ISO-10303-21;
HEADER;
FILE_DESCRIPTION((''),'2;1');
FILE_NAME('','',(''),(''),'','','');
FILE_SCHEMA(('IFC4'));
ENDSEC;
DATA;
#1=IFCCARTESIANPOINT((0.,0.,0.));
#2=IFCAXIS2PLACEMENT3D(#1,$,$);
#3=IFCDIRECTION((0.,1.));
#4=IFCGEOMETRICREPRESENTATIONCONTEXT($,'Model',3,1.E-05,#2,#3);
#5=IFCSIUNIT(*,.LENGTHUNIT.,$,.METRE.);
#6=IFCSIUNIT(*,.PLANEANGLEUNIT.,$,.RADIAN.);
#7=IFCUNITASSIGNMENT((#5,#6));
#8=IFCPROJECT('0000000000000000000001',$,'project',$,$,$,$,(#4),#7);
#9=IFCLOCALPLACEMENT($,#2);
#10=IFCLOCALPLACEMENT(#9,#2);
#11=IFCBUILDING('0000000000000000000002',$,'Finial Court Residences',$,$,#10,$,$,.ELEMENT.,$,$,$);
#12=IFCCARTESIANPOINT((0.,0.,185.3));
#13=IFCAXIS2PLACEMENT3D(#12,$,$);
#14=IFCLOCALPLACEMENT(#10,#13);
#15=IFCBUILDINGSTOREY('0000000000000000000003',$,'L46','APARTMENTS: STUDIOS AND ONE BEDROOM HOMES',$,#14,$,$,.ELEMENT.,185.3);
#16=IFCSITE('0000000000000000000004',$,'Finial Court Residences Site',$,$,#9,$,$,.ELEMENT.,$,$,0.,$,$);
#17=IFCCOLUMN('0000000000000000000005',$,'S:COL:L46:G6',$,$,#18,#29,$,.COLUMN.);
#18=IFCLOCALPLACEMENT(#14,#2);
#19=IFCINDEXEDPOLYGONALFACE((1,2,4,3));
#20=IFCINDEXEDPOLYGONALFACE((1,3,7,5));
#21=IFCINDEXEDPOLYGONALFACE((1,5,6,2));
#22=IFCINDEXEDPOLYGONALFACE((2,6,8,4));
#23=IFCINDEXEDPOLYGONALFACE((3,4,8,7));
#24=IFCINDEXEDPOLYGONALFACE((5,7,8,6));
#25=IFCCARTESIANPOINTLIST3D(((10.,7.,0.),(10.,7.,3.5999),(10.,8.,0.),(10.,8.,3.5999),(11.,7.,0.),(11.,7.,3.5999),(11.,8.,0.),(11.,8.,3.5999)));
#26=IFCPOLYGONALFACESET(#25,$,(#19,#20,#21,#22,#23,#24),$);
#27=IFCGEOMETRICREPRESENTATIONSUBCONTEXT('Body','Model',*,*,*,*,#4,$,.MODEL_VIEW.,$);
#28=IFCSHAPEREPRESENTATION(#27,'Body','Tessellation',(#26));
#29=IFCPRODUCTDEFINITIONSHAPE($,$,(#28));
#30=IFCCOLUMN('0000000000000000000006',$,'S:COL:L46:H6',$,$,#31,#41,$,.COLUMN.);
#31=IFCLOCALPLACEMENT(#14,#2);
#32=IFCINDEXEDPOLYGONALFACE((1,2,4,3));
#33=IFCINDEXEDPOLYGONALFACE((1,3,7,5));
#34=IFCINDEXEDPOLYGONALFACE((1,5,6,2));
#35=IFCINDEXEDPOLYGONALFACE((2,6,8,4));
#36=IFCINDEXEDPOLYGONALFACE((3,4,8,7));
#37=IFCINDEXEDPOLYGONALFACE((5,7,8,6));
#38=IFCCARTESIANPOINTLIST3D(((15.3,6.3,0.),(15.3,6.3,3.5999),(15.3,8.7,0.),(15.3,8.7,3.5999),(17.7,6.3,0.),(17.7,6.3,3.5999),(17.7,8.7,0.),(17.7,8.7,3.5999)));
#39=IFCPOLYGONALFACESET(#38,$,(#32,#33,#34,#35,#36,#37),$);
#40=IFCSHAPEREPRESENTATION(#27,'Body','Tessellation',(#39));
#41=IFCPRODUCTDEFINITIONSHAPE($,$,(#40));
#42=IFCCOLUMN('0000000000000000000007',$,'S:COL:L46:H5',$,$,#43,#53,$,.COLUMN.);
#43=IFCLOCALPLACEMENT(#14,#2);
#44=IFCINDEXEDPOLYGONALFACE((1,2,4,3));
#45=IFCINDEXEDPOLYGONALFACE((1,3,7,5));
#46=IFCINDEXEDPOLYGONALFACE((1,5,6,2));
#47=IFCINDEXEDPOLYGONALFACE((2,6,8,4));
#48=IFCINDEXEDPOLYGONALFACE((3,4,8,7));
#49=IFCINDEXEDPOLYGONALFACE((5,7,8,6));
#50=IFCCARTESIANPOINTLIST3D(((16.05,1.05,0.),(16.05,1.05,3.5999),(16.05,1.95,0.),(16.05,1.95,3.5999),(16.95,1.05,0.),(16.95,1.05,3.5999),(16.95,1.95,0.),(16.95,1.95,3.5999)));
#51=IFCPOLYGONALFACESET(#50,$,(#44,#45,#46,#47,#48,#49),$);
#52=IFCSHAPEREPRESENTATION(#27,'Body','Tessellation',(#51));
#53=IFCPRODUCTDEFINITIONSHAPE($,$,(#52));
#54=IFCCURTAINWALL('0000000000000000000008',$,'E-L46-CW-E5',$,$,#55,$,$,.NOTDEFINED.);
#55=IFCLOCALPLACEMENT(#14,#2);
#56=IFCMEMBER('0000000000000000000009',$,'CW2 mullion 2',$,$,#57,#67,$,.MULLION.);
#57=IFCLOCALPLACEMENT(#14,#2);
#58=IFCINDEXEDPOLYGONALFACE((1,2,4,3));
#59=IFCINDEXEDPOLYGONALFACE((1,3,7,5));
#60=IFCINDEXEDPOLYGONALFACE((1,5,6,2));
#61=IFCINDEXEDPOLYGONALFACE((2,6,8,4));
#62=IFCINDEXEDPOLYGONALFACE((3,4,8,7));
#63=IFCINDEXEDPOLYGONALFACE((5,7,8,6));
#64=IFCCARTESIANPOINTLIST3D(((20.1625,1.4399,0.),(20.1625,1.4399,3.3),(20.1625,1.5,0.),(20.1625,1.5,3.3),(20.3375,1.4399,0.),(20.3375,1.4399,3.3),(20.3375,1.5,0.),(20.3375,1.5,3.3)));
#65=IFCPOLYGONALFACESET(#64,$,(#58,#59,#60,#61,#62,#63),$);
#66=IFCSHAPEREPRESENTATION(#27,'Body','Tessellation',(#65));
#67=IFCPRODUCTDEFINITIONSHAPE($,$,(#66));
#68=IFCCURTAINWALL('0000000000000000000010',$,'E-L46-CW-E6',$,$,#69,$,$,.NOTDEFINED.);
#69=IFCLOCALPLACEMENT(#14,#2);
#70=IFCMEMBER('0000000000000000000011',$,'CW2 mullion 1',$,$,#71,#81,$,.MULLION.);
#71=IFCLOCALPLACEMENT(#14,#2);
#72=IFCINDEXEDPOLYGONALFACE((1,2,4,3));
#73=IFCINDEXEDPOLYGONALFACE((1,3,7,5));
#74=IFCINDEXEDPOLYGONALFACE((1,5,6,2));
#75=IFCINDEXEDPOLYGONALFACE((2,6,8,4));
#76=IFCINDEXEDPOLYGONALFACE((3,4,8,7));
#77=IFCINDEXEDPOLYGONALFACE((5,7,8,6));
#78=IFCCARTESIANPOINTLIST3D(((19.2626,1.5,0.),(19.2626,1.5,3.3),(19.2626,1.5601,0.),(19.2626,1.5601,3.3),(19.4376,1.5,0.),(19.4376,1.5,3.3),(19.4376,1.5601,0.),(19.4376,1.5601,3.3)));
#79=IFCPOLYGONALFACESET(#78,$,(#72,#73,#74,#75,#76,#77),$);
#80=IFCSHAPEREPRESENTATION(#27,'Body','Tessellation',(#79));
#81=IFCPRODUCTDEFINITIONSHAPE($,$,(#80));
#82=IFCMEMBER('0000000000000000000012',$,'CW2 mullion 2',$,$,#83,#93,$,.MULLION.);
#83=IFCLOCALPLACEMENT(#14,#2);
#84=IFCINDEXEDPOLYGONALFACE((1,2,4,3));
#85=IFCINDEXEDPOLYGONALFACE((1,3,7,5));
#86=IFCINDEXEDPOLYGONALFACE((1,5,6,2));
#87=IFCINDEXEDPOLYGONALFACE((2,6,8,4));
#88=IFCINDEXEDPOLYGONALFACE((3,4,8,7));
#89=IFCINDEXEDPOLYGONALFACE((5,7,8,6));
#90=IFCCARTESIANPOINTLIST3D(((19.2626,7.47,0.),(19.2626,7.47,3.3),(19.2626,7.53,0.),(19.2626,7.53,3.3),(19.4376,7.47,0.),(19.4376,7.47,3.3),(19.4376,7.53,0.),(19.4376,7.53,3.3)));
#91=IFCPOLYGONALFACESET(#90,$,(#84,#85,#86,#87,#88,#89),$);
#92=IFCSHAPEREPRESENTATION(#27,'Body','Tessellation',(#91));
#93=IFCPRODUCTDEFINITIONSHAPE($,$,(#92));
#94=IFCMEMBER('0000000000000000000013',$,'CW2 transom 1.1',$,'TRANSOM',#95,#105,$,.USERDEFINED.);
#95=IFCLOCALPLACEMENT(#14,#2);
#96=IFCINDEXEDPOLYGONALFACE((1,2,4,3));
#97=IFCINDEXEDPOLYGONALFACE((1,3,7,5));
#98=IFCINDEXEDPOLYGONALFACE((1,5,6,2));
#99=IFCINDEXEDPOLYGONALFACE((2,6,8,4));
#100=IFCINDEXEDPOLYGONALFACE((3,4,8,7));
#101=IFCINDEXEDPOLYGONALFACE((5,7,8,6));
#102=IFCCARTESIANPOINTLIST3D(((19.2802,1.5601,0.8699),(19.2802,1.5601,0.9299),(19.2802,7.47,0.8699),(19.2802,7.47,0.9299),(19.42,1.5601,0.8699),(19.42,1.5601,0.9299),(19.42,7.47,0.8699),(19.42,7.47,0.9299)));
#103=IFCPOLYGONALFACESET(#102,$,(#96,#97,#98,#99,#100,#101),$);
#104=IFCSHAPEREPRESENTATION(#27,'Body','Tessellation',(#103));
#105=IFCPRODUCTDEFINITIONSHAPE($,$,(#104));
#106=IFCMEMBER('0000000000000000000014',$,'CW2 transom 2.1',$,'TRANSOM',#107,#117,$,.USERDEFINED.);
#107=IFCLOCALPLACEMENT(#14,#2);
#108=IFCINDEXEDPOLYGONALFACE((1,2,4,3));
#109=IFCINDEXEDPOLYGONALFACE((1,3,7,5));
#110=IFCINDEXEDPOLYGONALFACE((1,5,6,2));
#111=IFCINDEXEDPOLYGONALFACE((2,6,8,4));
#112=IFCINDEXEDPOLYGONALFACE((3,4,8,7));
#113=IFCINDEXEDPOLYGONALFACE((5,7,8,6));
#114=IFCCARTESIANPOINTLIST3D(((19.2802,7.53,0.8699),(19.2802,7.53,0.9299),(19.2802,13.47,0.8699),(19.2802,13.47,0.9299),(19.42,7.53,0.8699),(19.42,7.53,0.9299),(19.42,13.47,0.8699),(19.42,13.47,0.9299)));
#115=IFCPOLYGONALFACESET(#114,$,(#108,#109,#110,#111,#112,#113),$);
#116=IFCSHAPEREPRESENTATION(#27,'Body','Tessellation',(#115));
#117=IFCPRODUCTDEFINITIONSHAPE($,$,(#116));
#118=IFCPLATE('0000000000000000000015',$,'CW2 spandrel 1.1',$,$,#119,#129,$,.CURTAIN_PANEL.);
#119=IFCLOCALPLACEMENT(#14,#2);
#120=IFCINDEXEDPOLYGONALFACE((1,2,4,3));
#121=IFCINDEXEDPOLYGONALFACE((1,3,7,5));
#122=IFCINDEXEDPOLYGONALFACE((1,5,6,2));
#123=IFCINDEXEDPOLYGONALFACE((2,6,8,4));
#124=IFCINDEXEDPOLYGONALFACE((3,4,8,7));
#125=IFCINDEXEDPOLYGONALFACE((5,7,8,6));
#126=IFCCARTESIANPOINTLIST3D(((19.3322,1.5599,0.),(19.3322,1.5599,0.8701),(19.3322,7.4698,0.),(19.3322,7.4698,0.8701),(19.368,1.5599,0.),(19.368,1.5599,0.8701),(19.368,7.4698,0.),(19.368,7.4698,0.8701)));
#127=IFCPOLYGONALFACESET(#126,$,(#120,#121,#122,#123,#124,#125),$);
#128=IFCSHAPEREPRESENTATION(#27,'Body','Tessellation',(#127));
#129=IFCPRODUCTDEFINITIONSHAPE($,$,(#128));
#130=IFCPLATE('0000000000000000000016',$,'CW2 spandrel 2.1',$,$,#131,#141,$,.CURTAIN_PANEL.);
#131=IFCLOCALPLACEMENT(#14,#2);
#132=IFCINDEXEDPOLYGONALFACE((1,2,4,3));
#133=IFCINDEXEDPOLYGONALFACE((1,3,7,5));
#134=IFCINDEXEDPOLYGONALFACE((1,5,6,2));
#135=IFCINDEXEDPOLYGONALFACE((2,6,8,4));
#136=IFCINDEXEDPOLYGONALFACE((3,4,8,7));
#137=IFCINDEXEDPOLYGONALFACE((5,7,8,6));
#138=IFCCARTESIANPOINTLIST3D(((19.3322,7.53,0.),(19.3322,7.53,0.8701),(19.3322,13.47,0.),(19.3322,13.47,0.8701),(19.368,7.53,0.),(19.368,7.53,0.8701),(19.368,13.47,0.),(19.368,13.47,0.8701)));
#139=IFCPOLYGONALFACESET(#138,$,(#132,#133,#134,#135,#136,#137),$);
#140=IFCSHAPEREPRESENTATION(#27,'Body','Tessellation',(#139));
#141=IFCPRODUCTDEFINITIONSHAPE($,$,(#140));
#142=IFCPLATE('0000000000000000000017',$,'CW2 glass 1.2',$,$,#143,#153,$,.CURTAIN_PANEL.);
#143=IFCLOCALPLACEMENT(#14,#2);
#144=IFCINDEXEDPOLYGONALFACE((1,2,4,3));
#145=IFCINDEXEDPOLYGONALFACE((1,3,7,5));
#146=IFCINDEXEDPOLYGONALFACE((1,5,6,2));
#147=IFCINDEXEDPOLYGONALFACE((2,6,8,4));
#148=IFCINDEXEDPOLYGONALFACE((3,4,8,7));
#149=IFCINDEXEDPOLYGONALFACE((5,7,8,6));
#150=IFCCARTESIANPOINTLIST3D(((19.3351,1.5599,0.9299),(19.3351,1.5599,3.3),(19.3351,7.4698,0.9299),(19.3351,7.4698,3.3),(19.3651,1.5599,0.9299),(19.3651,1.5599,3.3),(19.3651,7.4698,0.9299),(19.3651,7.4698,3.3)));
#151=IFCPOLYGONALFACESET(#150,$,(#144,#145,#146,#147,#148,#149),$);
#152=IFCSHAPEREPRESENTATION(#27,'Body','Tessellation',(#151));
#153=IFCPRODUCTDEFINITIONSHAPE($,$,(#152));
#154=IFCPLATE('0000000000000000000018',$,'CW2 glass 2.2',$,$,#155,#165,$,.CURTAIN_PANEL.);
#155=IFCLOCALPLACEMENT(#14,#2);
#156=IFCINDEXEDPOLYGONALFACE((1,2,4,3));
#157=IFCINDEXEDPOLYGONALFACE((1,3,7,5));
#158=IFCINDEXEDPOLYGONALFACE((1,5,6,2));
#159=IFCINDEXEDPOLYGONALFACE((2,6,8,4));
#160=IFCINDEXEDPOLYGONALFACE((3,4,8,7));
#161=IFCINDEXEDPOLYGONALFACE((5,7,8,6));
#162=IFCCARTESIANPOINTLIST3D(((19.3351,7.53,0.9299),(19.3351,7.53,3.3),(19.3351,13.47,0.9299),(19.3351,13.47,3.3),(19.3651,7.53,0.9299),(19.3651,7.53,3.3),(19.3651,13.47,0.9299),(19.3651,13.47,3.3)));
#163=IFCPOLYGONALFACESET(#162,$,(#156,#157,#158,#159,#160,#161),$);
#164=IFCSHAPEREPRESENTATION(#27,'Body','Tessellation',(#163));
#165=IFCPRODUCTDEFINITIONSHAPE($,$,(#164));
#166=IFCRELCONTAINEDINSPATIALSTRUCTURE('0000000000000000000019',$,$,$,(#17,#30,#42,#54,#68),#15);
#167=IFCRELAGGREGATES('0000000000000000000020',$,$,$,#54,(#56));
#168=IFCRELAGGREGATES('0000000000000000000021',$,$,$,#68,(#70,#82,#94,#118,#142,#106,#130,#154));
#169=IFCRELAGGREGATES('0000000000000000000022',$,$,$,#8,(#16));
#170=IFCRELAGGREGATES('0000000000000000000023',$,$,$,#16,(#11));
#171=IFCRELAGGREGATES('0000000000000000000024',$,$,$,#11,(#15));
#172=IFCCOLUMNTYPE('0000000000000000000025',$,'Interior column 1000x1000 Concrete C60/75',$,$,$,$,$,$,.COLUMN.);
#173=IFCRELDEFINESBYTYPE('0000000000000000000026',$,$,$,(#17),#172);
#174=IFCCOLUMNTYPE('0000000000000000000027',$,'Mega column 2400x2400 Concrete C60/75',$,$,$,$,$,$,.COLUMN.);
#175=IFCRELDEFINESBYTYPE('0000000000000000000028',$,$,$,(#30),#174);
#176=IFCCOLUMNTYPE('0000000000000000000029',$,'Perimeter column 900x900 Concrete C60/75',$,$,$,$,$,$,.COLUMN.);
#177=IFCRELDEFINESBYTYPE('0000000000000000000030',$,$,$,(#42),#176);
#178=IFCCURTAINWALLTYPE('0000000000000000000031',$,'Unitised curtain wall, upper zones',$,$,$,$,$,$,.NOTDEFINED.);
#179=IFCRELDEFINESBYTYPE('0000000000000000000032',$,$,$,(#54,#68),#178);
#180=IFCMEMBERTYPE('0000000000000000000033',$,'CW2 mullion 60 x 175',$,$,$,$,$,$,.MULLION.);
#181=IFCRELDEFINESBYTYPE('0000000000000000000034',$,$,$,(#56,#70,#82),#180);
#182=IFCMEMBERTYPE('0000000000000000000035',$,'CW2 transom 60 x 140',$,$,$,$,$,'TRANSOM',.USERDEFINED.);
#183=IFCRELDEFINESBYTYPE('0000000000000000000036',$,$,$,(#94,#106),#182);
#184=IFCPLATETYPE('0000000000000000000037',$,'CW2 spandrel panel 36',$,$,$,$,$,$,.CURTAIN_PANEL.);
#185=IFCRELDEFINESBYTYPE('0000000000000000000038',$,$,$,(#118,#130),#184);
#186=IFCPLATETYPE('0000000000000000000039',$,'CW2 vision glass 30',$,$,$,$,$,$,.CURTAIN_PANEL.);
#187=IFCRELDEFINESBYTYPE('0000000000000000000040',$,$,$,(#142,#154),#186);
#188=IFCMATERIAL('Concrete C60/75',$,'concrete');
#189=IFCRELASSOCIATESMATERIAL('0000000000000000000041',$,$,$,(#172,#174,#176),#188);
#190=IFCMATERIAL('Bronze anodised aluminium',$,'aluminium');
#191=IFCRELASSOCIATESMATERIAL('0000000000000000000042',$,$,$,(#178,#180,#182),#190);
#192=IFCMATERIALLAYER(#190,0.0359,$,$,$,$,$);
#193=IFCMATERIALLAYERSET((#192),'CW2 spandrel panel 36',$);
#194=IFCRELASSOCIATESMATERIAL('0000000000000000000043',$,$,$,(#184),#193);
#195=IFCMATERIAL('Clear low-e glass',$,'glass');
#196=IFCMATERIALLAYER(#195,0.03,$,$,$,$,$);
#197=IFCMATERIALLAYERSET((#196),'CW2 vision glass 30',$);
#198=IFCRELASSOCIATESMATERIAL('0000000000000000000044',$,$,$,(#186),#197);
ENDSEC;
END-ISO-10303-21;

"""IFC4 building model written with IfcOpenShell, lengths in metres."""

from ifc_helpers import new_model, si_unit, direction, frame, origin, origin_2d, place, context, subcontext, project, spatial, rectangle, extrude, material, layer, layer_set, material_profile, profile_set, type_object, element, aggregate, save


model = new_model("IFC4")

# Units and contexts
model_context = context("Model", 3, precision=1e-05, world=origin(), true_north=direction((0.0, 1.0)))
body_context = subcontext(model_context, "Body", "Model", "MODEL_VIEW")
ifc_project = project(units=[si_unit("LENGTHUNIT", "METRE"), si_unit("PLANEANGLEUNIT", "RADIAN")], contexts=[model_context])

# Site, building, storey
site_placement = place(None, origin())
site = spatial("IfcSite", under=ifc_project, at=site_placement, Name="Finial Court Residences Site", CompositionType="ELEMENT", RefElevation=0.0)
building_placement = place(site_placement, origin())
building = spatial("IfcBuilding", under=site, at=building_placement, Name="Finial Court Residences", CompositionType="ELEMENT")
storey_placement = place(building_placement, frame((0.0, 0.0, 185.3)))
storey = spatial("IfcBuildingStorey", under=building, at=storey_placement, Name="L46", Description="APARTMENTS: STUDIOS AND ONE BEDROOM HOMES", CompositionType="ELEMENT", Elevation=185.3)

# Columns
ifc_material_1 = material(Name="Concrete C60/75", Category="concrete")
ifc_material_profile_1 = material_profile(ifc_material_1, rectangle(XDim=1.0, YDim=1.0, at=origin_2d()), Name="1000x1000")
ifc_profile_set_1 = profile_set([ifc_material_profile_1], Name="Concrete C60/75")
column_type_1 = type_object("IfcColumnType", Name="Interior column 1000x1000 Concrete C60/75", PredefinedType="COLUMN", material=ifc_profile_set_1)
column_1_placement = place(storey_placement, frame((10.5, 7.5, 0.0), z_axis=(0.0, 0.0, 1.0), x_axis=(1.0, 0.0, 0.0)))
element("IfcColumn", 1, at=column_1_placement, inside=storey, type_object=column_type_1, Name="S:COL:L46:G6", PredefinedType="COLUMN", context=body_context, shape_type="SweptSolid", body=[
    extrude(rectangle(XDim=1.0, YDim=1.0, at=origin_2d()), origin(), (0.0, 0.0, 1.0), 3.5999),
])
ifc_material_profile_2 = material_profile(ifc_material_1, rectangle(XDim=2.3999, YDim=2.3999, at=origin_2d()), Name="2400x2400")
ifc_profile_set_2 = profile_set([ifc_material_profile_2], Name="Concrete C60/75")
column_type_2 = type_object("IfcColumnType", Name="Mega column 2400x2400 Concrete C60/75", PredefinedType="COLUMN", material=ifc_profile_set_2)
column_2_placement = place(storey_placement, frame((16.5, 7.5, 0.0), z_axis=(0.0, 0.0, 1.0), x_axis=(1.0, 0.0, 0.0)))
element("IfcColumn", 2, at=column_2_placement, inside=storey, type_object=column_type_2, Name="S:COL:L46:H6", PredefinedType="COLUMN", context=body_context, shape_type="SweptSolid", body=[
    extrude(rectangle(XDim=2.3999, YDim=2.3999, at=origin_2d()), origin(), (0.0, 0.0, 1.0), 3.5999),
])
ifc_material_profile_3 = material_profile(ifc_material_1, rectangle(XDim=0.8999, YDim=0.8999, at=origin_2d()), Name="900x900")
ifc_profile_set_3 = profile_set([ifc_material_profile_3], Name="Concrete C60/75")
column_type_3 = type_object("IfcColumnType", Name="Perimeter column 900x900 Concrete C60/75", PredefinedType="COLUMN", material=ifc_profile_set_3)
column_3_placement = place(storey_placement, frame((16.5, 1.5, 0.0), z_axis=(0.0, 0.0, 1.0), x_axis=(1.0, 0.0, 0.0)))
element("IfcColumn", 3, at=column_3_placement, inside=storey, type_object=column_type_3, Name="S:COL:L46:H5", PredefinedType="COLUMN", context=body_context, shape_type="SweptSolid", body=[
    extrude(rectangle(XDim=0.8999, YDim=0.8999, at=origin_2d()), origin(), (0.0, 0.0, 1.0), 3.5999),
])

# Curtain wall, member
ifc_material_2 = material(Name="Bronze anodised aluminium", Category="aluminium")
curtain_wall_type = type_object("IfcCurtainWallType", Name="Unitised curtain wall, upper zones", PredefinedType="NOTDEFINED", material=ifc_material_2)
curtain_wall_1_placement = place(storey_placement, origin())
curtain_wall_1 = element("IfcCurtainWall", 4, at=curtain_wall_1_placement, inside=storey, type_object=curtain_wall_type, Name="E-L46-CW-E5", PredefinedType="NOTDEFINED")
ifc_material_profile_4 = material_profile(ifc_material_2, rectangle(XDim=0.175, YDim=0.0601, at=origin_2d()), Name="CW2 mullion 60 x 175")
ifc_profile_set_4 = profile_set([ifc_material_profile_4], Name="Bronze anodised aluminium")
member_type_1 = type_object("IfcMemberType", Name="CW2 mullion 60 x 175", PredefinedType="MULLION", material=ifc_profile_set_4)
member_1_placement = place(storey_placement, frame((20.25, 1.47, 0.0), z_axis=(0.0, 0.0, 1.0), x_axis=(-1.0, 0.0, 0.0)))
member_1 = element("IfcMember", 5, at=member_1_placement, type_object=member_type_1, Name="CW2 mullion 2", PredefinedType="MULLION", context=body_context, shape_type="SweptSolid", body=[
    extrude(rectangle(XDim=0.175, YDim=0.0601, at=origin_2d()), origin(), (0.0, 0.0, 1.0), 3.3),
])
aggregate(curtain_wall_1, [member_1])

# Curtain wall, members, plates
curtain_wall_2_placement = place(storey_placement, origin())
curtain_wall_2 = element("IfcCurtainWall", 6, at=curtain_wall_2_placement, inside=storey, type_object=curtain_wall_type, Name="E-L46-CW-E6", PredefinedType="NOTDEFINED")
member_2_placement = place(storey_placement, frame((19.3501, 1.53, 0.0), z_axis=(0.0, 0.0, 1.0), x_axis=(-1.0, 0.0, 0.0)))
member_2 = element("IfcMember", 7, at=member_2_placement, type_object=member_type_1, Name="CW2 mullion 1", PredefinedType="MULLION", context=body_context, shape_type="SweptSolid", body=[
    extrude(rectangle(XDim=0.175, YDim=0.0601, at=origin_2d()), origin(), (0.0, 0.0, 1.0), 3.3),
])
member_3_placement = place(storey_placement, frame((19.3501, 7.5, 0.0), z_axis=(0.0, 0.0, 1.0), x_axis=(-1.0, 0.0, 0.0)))
member_3 = element("IfcMember", 8, at=member_3_placement, type_object=member_type_1, Name="CW2 mullion 2", PredefinedType="MULLION", context=body_context, shape_type="SweptSolid", body=[
    extrude(rectangle(XDim=0.175, YDim=0.0601, at=origin_2d()), origin(), (0.0, 0.0, 1.0), 3.3),
])
ifc_material_profile_5 = material_profile(ifc_material_2, rectangle(XDim=0.1399, YDim=0.0601, at=origin_2d()), Name="CW2 transom 60 x 140")
ifc_profile_set_5 = profile_set([ifc_material_profile_5], Name="Bronze anodised aluminium")
member_type_2 = type_object("IfcMemberType", Name="CW2 transom 60 x 140", ElementType="TRANSOM", PredefinedType="USERDEFINED", material=ifc_profile_set_5)
member_4_placement = place(storey_placement, frame((19.3501, 1.5601, 0.8999), z_axis=(0.0, 1.0, 0.0), x_axis=(-1.0, 0.0, 0.0)))
member_4 = element("IfcMember", 9, at=member_4_placement, type_object=member_type_2, Name="CW2 transom 1.1", ObjectType="TRANSOM", PredefinedType="USERDEFINED", context=body_context, shape_type="SweptSolid", body=[
    extrude(rectangle(XDim=0.1399, YDim=0.0601, at=origin_2d()), origin(), (0.0, 0.0, 1.0), 5.9099),
])
member_5_placement = place(storey_placement, frame((19.3501, 7.53, 0.8999), z_axis=(0.0, 1.0, 0.0), x_axis=(-1.0, 0.0, 0.0)))
member_5 = element("IfcMember", 10, at=member_5_placement, type_object=member_type_2, Name="CW2 transom 2.1", ObjectType="TRANSOM", PredefinedType="USERDEFINED", context=body_context, shape_type="SweptSolid", body=[
    extrude(rectangle(XDim=0.1399, YDim=0.0601, at=origin_2d()), origin(), (0.0, 0.0, 1.0), 5.9399),
])
ifc_layer_1 = layer(ifc_material_2, 0.0359)
ifc_layer_set_1 = layer_set([ifc_layer_1], Name="CW2 spandrel panel 36")
plate_type_1 = type_object("IfcPlateType", Name="CW2 spandrel panel 36", PredefinedType="CURTAIN_PANEL", material=ifc_layer_set_1)
plate_1_placement = place(storey_placement, frame((19.3501, 4.5149, 0.0), z_axis=(0.0, 0.0, 1.0), x_axis=(0.0, 1.0, 0.0)))
plate_1 = element("IfcPlate", 11, at=plate_1_placement, type_object=plate_type_1, Name="CW2 spandrel 1.1", PredefinedType="CURTAIN_PANEL", context=body_context, shape_type="SweptSolid", body=[
    extrude(rectangle(XDim=5.9099, YDim=0.0359, at=origin_2d()), origin(), (0.0, 0.0, 1.0), 0.8701),
])
plate_2_placement = place(storey_placement, frame((19.3501, 10.5, 0.0), z_axis=(0.0, 0.0, 1.0), x_axis=(0.0, 1.0, 0.0)))
plate_2 = element("IfcPlate", 12, at=plate_2_placement, type_object=plate_type_1, Name="CW2 spandrel 2.1", PredefinedType="CURTAIN_PANEL", context=body_context, shape_type="SweptSolid", body=[
    extrude(rectangle(XDim=5.9399, YDim=0.0359, at=origin_2d()), origin(), (0.0, 0.0, 1.0), 0.8701),
])
ifc_material_3 = material(Name="Clear low-e glass", Category="glass")
ifc_layer_2 = layer(ifc_material_3, 0.03)
ifc_layer_set_2 = layer_set([ifc_layer_2], Name="CW2 vision glass 30")
plate_type_2 = type_object("IfcPlateType", Name="CW2 vision glass 30", PredefinedType="CURTAIN_PANEL", material=ifc_layer_set_2)
plate_3_placement = place(storey_placement, frame((19.3501, 4.5149, 0.9299), z_axis=(0.0, 0.0, 1.0), x_axis=(0.0, 1.0, 0.0)))
plate_3 = element("IfcPlate", 13, at=plate_3_placement, type_object=plate_type_2, Name="CW2 glass 1.2", PredefinedType="CURTAIN_PANEL", context=body_context, shape_type="SweptSolid", body=[
    extrude(rectangle(XDim=5.9099, YDim=0.03, at=origin_2d()), origin(), (0.0, 0.0, 1.0), 2.3701),
])
plate_4_placement = place(storey_placement, frame((19.3501, 10.5, 0.9299), z_axis=(0.0, 0.0, 1.0), x_axis=(0.0, 1.0, 0.0)))
plate_4 = element("IfcPlate", 14, at=plate_4_placement, type_object=plate_type_2, Name="CW2 glass 2.2", PredefinedType="CURTAIN_PANEL", context=body_context, shape_type="SweptSolid", body=[
    extrude(rectangle(XDim=5.9399, YDim=0.03, at=origin_2d()), origin(), (0.0, 0.0, 1.0), 2.3701),
])
aggregate(curtain_wall_2, [member_2, member_3, member_4, plate_1, plate_3, member_5, plate_2, plate_4])

save(model, "model.ifc")
